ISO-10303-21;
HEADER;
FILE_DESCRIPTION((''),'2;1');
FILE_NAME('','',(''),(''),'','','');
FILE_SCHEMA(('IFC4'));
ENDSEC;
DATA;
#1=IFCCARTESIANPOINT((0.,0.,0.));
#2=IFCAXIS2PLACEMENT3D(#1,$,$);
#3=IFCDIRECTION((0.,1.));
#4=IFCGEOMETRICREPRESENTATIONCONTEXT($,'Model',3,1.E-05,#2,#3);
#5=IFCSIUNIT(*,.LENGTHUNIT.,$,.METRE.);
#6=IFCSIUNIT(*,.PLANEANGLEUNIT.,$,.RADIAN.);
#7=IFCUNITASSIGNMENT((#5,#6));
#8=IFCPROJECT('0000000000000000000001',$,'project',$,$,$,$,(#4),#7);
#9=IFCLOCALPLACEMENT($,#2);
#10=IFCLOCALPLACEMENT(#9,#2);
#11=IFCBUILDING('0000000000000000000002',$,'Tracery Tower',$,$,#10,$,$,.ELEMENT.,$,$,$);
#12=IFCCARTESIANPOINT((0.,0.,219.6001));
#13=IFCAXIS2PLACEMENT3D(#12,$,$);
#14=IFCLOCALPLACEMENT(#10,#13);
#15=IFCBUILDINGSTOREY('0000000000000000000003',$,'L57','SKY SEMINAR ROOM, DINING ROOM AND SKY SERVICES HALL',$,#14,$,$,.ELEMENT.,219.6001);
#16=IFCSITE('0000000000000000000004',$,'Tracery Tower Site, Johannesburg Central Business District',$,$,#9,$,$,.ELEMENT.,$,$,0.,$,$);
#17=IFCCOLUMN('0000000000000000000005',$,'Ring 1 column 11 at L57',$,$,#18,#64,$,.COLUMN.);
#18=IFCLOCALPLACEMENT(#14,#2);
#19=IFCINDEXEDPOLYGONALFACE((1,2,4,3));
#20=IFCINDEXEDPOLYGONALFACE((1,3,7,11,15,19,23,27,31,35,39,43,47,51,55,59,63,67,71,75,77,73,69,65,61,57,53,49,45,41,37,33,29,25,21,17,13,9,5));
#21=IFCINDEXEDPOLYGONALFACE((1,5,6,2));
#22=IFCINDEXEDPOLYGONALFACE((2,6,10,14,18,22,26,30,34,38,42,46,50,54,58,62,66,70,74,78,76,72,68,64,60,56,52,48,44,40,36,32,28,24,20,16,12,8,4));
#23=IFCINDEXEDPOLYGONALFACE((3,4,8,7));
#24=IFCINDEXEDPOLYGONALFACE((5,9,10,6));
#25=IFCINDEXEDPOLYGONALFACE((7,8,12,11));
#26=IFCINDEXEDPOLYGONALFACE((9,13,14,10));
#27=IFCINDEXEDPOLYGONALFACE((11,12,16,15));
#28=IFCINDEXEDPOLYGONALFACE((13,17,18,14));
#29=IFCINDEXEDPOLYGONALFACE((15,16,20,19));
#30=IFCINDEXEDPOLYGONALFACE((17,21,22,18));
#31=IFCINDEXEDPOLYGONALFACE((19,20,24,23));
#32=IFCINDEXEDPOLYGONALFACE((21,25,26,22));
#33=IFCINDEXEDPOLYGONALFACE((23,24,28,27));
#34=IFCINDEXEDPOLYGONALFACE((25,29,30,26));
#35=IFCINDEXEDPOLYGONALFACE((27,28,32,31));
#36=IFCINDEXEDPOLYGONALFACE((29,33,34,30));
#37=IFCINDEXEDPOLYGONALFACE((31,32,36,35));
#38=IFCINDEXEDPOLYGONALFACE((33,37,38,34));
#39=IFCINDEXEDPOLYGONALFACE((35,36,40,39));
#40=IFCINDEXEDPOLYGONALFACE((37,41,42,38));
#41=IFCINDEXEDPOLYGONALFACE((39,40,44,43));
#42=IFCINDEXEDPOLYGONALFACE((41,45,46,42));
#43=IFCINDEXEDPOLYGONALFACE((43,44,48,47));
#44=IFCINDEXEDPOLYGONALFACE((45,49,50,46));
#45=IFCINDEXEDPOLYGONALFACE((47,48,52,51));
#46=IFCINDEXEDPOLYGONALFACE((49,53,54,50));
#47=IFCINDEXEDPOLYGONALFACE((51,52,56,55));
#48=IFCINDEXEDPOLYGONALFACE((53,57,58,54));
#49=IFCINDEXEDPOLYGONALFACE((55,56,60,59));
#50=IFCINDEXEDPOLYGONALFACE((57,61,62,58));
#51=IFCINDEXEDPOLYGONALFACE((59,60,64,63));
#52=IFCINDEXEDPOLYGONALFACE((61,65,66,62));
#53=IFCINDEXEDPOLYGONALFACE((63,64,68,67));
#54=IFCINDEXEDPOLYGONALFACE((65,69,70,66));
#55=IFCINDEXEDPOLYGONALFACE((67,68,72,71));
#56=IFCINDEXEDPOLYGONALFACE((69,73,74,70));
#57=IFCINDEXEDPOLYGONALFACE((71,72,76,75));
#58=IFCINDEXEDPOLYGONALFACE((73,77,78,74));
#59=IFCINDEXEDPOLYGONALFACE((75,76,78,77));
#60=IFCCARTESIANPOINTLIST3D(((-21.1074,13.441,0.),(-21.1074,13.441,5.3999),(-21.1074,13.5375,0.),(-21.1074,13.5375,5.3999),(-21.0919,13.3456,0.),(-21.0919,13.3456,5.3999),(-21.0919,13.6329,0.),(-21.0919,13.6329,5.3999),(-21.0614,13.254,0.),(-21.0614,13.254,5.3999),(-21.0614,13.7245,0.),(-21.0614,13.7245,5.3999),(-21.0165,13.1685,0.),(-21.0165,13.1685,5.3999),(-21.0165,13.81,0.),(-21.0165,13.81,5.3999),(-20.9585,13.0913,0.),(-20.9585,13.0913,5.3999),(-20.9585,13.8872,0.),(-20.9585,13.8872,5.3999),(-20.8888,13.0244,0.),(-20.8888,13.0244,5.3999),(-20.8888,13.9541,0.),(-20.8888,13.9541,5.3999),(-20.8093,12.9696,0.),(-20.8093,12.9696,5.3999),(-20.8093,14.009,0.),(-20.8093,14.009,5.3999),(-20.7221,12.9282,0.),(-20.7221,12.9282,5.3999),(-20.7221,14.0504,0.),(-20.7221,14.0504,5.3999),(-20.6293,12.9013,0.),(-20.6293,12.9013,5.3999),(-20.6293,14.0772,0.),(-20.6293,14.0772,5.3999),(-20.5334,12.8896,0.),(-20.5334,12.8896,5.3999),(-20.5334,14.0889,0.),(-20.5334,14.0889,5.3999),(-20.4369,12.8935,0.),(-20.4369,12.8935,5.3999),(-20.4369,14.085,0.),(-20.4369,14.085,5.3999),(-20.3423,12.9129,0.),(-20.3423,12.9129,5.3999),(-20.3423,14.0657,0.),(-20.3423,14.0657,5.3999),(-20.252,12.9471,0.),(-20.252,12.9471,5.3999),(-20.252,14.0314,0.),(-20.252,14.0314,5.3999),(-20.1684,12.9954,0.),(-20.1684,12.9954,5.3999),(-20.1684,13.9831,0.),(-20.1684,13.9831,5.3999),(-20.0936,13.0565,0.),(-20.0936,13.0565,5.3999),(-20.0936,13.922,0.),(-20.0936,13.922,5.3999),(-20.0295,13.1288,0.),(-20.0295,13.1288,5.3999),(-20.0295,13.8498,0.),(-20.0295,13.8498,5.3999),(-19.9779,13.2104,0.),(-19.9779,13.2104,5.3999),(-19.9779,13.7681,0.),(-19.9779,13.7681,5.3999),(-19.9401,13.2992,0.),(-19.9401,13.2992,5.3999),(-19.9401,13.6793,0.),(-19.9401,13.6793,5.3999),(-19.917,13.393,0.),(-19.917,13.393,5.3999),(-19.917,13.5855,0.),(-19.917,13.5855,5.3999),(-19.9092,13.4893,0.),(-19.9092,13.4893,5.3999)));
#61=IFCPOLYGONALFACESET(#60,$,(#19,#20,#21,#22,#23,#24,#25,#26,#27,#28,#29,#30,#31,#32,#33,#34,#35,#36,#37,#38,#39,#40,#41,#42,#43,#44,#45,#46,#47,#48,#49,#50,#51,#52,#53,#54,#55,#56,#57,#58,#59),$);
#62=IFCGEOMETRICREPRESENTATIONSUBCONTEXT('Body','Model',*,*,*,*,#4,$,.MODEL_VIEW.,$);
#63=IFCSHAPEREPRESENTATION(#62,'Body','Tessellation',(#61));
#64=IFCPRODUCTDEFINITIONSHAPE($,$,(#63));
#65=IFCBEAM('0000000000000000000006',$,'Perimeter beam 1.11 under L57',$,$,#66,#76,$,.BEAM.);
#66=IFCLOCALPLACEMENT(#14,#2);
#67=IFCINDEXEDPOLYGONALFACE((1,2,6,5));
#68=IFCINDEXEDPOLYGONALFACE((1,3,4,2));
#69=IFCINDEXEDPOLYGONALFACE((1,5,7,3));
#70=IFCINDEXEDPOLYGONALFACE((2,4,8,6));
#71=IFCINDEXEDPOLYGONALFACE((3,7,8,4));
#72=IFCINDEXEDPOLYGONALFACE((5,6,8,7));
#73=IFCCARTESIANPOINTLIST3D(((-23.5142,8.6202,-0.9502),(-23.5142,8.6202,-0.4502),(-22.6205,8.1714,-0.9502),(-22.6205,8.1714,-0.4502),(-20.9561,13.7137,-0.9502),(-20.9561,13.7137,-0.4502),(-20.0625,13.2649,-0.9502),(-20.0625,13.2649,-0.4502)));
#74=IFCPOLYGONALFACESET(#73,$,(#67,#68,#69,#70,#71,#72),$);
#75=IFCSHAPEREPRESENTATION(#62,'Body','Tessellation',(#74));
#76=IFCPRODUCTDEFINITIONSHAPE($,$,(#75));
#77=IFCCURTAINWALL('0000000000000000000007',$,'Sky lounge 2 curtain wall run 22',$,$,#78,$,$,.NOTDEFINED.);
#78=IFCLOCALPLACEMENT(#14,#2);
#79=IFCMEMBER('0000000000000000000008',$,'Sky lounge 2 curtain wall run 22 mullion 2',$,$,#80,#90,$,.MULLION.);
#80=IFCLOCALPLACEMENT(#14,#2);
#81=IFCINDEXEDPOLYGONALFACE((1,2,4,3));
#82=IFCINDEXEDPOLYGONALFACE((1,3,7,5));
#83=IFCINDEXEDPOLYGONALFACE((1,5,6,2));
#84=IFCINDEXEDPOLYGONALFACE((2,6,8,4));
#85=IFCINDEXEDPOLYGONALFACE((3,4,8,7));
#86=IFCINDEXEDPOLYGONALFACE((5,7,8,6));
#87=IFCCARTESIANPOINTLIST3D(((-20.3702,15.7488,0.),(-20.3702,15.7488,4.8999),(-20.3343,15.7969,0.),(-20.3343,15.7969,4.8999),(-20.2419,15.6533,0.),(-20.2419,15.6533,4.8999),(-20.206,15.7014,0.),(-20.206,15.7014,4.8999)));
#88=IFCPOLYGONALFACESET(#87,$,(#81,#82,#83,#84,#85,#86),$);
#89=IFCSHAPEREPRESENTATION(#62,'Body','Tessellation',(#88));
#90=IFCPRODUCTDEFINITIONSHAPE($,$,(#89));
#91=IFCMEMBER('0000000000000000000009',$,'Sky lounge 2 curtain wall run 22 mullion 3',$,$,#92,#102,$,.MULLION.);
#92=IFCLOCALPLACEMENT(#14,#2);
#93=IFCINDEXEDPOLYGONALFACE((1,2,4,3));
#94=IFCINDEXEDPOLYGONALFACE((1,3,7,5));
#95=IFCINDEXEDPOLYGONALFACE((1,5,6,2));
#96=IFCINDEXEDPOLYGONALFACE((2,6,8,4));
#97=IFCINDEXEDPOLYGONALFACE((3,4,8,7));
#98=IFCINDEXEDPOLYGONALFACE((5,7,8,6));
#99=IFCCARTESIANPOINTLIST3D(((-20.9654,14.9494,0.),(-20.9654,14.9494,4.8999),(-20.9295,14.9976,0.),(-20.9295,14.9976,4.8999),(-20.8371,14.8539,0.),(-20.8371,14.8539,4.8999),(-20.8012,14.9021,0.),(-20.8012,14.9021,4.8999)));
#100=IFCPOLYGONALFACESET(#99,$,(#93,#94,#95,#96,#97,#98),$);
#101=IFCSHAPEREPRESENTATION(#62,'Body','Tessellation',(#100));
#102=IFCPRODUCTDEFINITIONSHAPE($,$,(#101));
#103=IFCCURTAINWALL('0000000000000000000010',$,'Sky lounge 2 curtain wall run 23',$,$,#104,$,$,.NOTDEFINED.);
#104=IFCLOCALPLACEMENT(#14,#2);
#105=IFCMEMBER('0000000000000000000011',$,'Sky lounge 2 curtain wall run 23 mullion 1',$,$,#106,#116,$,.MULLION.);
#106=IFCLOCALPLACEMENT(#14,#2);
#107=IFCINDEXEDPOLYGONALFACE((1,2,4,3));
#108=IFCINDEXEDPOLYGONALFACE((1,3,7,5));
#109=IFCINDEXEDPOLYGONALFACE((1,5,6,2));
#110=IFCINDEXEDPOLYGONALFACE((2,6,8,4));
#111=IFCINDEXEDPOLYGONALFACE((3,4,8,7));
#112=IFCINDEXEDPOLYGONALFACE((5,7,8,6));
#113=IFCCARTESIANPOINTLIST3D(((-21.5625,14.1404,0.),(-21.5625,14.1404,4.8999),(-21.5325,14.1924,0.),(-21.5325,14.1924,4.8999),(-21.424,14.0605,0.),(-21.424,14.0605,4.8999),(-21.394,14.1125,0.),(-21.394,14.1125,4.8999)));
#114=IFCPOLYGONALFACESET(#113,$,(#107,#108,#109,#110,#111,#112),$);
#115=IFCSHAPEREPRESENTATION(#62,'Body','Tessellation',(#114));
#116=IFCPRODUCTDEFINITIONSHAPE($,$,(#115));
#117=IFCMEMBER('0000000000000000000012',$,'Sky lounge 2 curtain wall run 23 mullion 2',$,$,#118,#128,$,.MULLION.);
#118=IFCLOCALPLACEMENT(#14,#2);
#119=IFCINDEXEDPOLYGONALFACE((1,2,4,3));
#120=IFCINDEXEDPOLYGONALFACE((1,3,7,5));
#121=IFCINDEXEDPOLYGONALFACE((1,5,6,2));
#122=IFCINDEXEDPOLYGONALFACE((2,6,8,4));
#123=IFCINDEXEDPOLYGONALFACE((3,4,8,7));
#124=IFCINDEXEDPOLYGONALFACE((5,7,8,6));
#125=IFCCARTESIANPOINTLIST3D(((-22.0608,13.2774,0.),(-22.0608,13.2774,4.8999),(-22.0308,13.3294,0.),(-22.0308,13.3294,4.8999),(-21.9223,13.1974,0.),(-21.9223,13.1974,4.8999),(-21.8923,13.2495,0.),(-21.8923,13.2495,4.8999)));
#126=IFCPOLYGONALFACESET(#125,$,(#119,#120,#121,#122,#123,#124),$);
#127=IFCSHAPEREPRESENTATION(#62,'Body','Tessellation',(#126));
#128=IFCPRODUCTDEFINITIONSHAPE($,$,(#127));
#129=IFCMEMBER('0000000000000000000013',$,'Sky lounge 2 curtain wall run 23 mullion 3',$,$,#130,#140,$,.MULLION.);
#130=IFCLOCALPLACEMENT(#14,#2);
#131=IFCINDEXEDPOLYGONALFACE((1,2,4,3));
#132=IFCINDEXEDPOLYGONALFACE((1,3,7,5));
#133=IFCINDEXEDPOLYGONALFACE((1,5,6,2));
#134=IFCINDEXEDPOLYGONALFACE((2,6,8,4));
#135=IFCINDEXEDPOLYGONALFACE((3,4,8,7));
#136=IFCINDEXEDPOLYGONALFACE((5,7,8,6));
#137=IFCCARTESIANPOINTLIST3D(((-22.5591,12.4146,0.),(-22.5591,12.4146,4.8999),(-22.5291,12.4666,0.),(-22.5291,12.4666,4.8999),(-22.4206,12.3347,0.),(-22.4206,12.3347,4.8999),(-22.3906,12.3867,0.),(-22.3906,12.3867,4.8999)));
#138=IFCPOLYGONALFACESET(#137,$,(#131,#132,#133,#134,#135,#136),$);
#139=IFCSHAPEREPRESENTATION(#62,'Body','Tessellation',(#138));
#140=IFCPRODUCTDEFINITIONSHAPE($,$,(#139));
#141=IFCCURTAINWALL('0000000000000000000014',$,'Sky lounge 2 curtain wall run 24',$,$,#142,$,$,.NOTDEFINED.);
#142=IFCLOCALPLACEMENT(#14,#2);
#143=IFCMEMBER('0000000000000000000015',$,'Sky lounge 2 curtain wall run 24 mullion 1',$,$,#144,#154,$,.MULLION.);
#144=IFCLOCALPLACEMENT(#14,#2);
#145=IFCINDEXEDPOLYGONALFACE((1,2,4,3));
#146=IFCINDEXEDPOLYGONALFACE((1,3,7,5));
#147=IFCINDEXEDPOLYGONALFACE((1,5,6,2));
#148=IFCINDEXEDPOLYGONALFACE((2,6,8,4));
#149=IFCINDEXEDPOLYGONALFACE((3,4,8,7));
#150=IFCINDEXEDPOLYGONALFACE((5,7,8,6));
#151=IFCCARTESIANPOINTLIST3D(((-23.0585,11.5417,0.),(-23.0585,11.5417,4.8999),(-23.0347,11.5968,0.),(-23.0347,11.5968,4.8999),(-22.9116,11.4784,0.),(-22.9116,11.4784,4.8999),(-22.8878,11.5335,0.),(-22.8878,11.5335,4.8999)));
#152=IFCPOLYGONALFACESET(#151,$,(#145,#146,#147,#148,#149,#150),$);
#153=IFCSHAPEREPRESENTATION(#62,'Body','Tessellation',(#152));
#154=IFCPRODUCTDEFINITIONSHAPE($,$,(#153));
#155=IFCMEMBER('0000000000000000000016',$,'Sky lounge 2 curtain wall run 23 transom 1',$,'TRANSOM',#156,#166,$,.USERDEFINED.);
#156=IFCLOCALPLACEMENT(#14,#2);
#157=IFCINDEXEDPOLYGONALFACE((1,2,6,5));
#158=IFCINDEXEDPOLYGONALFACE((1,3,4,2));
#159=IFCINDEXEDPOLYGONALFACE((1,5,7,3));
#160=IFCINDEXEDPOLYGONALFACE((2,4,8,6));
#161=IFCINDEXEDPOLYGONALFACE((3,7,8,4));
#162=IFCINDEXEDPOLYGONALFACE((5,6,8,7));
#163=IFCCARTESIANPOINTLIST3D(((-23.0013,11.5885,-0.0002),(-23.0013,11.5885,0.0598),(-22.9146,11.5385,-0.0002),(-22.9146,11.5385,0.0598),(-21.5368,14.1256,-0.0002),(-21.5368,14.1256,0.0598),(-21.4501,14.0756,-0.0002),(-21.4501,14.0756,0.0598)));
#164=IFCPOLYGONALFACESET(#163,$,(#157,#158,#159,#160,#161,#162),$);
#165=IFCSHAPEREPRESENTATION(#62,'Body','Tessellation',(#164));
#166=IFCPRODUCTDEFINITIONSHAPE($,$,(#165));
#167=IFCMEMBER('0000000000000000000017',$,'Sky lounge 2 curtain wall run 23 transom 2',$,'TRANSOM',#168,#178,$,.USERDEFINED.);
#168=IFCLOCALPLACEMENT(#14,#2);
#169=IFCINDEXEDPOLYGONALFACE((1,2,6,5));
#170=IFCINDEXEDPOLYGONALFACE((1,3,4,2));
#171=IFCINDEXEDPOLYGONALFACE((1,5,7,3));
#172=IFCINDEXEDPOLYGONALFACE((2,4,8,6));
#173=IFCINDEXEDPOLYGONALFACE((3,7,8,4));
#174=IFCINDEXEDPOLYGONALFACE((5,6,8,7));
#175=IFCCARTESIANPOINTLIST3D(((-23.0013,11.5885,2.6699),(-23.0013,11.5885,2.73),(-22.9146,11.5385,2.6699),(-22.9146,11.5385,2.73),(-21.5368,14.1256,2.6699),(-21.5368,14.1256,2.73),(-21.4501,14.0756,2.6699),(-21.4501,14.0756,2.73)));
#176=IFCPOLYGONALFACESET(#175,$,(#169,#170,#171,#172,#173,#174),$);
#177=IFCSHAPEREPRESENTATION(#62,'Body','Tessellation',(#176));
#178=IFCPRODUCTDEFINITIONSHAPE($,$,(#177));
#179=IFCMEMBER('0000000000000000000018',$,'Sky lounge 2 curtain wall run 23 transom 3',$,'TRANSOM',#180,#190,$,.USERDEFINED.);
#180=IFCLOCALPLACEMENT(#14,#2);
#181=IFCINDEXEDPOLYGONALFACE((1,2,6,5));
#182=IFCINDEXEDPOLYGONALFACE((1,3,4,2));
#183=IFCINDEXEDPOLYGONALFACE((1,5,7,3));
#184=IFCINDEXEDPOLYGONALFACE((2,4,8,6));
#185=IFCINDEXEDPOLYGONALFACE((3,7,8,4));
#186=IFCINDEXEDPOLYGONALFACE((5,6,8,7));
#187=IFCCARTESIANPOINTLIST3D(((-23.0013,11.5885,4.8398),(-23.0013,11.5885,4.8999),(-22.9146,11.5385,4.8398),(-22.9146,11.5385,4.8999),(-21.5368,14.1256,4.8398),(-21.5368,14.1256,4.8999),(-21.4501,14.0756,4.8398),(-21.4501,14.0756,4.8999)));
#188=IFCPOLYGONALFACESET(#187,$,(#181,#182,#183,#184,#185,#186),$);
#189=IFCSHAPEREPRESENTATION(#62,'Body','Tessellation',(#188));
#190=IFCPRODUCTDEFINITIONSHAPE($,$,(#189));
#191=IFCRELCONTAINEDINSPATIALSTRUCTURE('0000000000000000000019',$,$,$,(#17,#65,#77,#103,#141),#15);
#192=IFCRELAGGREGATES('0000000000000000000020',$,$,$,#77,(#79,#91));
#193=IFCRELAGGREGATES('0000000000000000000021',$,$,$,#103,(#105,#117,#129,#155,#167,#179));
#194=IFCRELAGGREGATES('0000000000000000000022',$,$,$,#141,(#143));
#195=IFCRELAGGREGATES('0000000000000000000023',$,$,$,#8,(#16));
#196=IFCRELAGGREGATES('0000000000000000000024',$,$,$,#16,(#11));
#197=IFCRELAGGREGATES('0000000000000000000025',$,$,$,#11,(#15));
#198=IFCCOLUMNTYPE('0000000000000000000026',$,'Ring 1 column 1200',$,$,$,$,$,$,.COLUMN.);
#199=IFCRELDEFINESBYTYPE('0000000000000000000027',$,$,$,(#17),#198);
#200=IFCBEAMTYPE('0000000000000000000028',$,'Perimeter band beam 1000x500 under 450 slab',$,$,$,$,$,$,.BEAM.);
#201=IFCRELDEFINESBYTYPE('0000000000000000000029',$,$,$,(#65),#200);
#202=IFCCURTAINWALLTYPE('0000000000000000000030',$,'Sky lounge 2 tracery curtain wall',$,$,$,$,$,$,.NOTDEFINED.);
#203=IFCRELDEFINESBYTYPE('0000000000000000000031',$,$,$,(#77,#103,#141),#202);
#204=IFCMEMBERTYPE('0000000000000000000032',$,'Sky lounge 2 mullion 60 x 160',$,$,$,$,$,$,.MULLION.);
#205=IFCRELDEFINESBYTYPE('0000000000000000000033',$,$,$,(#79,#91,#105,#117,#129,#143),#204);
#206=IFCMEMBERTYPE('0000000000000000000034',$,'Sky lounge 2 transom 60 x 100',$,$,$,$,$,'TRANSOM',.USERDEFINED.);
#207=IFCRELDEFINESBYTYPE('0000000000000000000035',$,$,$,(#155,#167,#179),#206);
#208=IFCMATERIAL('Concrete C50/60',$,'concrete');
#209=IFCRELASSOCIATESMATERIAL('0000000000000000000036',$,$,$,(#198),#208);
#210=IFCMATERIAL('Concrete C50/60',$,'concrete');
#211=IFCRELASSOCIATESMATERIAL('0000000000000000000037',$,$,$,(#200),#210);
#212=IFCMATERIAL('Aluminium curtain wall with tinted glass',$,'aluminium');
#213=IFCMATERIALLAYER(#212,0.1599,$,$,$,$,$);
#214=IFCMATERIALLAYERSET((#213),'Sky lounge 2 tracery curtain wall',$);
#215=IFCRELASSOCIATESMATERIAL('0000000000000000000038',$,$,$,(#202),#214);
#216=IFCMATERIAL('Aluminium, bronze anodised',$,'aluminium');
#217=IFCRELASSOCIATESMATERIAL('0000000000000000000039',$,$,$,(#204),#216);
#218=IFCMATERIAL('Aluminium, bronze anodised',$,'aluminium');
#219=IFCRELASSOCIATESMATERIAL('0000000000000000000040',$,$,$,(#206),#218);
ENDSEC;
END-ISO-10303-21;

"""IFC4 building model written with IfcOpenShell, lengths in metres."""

from ifc_helpers import new_model, si_unit, direction, frame, origin, origin_2d, place, context, subcontext, project, spatial, rectangle, circle, extrude, material, layer, layer_set, material_profile, profile_set, type_object, element, aggregate, save


model = new_model("IFC4")

# Units and contexts
model_context = context("Model", 3, precision=1e-05, world=origin(), true_north=direction((0.0, 1.0)))
body_context = subcontext(model_context, "Body", "Model", "MODEL_VIEW")
ifc_project = project(units=[si_unit("LENGTHUNIT", "METRE"), si_unit("PLANEANGLEUNIT", "RADIAN")], contexts=[model_context])

# Site, building, storey
site_placement = place(None, origin())
site = spatial("IfcSite", under=ifc_project, at=site_placement, Name="Tracery Tower Site, Johannesburg Central Business District", CompositionType="ELEMENT", RefElevation=0.0)
building_placement = place(site_placement, origin())
building = spatial("IfcBuilding", under=site, at=building_placement, Name="Tracery Tower", CompositionType="ELEMENT")
storey_placement = place(building_placement, frame((0.0, 0.0, 219.6001)))
storey = spatial("IfcBuildingStorey", under=building, at=storey_placement, Name="L57", Description="SKY SEMINAR ROOM, DINING ROOM AND SKY SERVICES HALL", CompositionType="ELEMENT", Elevation=219.6001)

# Column
ifc_material_1 = material(Name="Concrete C50/60", Category="concrete")
ifc_material_profile_1 = material_profile(ifc_material_1, circle(Radius=0.6001, at=origin_2d()), Name="RC D1200")
ifc_profile_set_1 = profile_set([ifc_material_profile_1], Name="Concrete C50/60")
column_type = type_object("IfcColumnType", Name="Ring 1 column 1200", PredefinedType="COLUMN", material=ifc_profile_set_1)
column_placement = place(storey_placement, frame((-20.5093, 13.4893, 0.0), z_axis=(0.0, 0.0, 1.0), x_axis=(1.0, 0.0, 0.0)))
element("IfcColumn", 1, at=column_placement, inside=storey, type_object=column_type, Name="Ring 1 column 11 at L57", PredefinedType="COLUMN", context=body_context, shape_type="SweptSolid", body=[
    extrude(circle(Radius=0.6001, at=origin_2d()), origin(), (0.0, 0.0, 1.0), 5.3999),
])

# Beam
ifc_material_2 = material(Name="Concrete C50/60", Category="concrete")
ifc_material_profile_2 = material_profile(ifc_material_2, rectangle(XDim=1.0, YDim=0.5, at=origin_2d()), Name="RC 1000x500")
ifc_profile_set_2 = profile_set([ifc_material_profile_2], Name="Concrete C50/60")
beam_type = type_object("IfcBeamType", Name="Perimeter band beam 1000x500 under 450 slab", PredefinedType="BEAM", material=ifc_profile_set_2)
beam_placement = place(storey_placement, frame((-20.5093, 13.4893, -0.7002), z_axis=(-0.448806, -0.893629, 0.0), x_axis=(0.893629, -0.448806, 0.0)))
element("IfcBeam", 2, at=beam_placement, inside=storey, type_object=beam_type, Name="Perimeter beam 1.11 under L57", PredefinedType="BEAM", context=body_context, shape_type="SweptSolid", body=[
    extrude(rectangle(XDim=1.0, YDim=0.5, at=origin_2d()), origin(), (0.0, 0.0, 1.0), 5.6997),
])

# Curtain walls, members
ifc_material_3 = material(Name="Aluminium curtain wall with tinted glass", Category="aluminium")
ifc_layer_1 = layer(ifc_material_3, 0.1599)
ifc_layer_set_1 = layer_set([ifc_layer_1], Name="Sky lounge 2 tracery curtain wall")
curtain_wall_type = type_object("IfcCurtainWallType", Name="Sky lounge 2 tracery curtain wall", PredefinedType="NOTDEFINED", material=ifc_layer_set_1)
curtain_wall_1_placement = place(storey_placement, origin())
curtain_wall_1 = element("IfcCurtainWall", 3, at=curtain_wall_1_placement, inside=storey, type_object=curtain_wall_type, Name="Sky lounge 2 curtain wall run 22", PredefinedType="NOTDEFINED")
ifc_material_4 = material(Name="Aluminium, bronze anodised", Category="aluminium")
ifc_material_profile_3 = material_profile(ifc_material_4, rectangle(XDim=0.1599, YDim=0.0601, at=origin_2d()), Name="AL 60x160")
ifc_profile_set_3 = profile_set([ifc_material_profile_3], Name="Aluminium, bronze anodised")
member_type_1 = type_object("IfcMemberType", Name="Sky lounge 2 mullion 60 x 160", PredefinedType="MULLION", material=ifc_profile_set_3)
member_1_placement = place(storey_placement, frame((-20.2881, 15.7251, 0.0), z_axis=(0.0, 0.0, 1.0), x_axis=(0.802123, -0.597159, 0.0)))
member_1 = element("IfcMember", 4, at=member_1_placement, type_object=member_type_1, Name="Sky lounge 2 curtain wall run 22 mullion 2", PredefinedType="MULLION", context=body_context, shape_type="SweptSolid", body=[
    extrude(rectangle(XDim=0.1599, YDim=0.0601, at=origin_2d()), origin(), (0.0, 0.0, 1.0), 4.8999),
])
member_2_placement = place(storey_placement, frame((-20.8833, 14.9258, 0.0), z_axis=(0.0, 0.0, 1.0), x_axis=(0.802123, -0.597159, 0.0)))
member_2 = element("IfcMember", 5, at=member_2_placement, type_object=member_type_1, Name="Sky lounge 2 curtain wall run 22 mullion 3", PredefinedType="MULLION", context=body_context, shape_type="SweptSolid", body=[
    extrude(rectangle(XDim=0.1599, YDim=0.0601, at=origin_2d()), origin(), (0.0, 0.0, 1.0), 4.8999),
])
curtain_wall_2_placement = place(storey_placement, origin())
curtain_wall_2 = element("IfcCurtainWall", 6, at=curtain_wall_2_placement, inside=storey, type_object=curtain_wall_type, Name="Sky lounge 2 curtain wall run 23", PredefinedType="NOTDEFINED")
member_3_placement = place(storey_placement, frame((-21.4783, 14.1265, 0.0), z_axis=(0.0, 0.0, 1.0), x_axis=(0.866025, -0.5, 0.0)))
member_3 = element("IfcMember", 7, at=member_3_placement, type_object=member_type_1, Name="Sky lounge 2 curtain wall run 23 mullion 1", PredefinedType="MULLION", context=body_context, shape_type="SweptSolid", body=[
    extrude(rectangle(XDim=0.1599, YDim=0.0601, at=origin_2d()), origin(), (0.0, 0.0, 1.0), 4.8999),
])
member_4_placement = place(storey_placement, frame((-21.9766, 13.2634, 0.0), z_axis=(0.0, 0.0, 1.0), x_axis=(0.866025, -0.5, 0.0)))
member_4 = element("IfcMember", 8, at=member_4_placement, type_object=member_type_1, Name="Sky lounge 2 curtain wall run 23 mullion 2", PredefinedType="MULLION", context=body_context, shape_type="SweptSolid", body=[
    extrude(rectangle(XDim=0.1599, YDim=0.0601, at=origin_2d()), origin(), (0.0, 0.0, 1.0), 4.8999),
])
member_5_placement = place(storey_placement, frame((-22.4749, 12.4006, 0.0), z_axis=(0.0, 0.0, 1.0), x_axis=(0.866025, -0.5, 0.0)))
member_5 = element("IfcMember", 9, at=member_5_placement, type_object=member_type_1, Name="Sky lounge 2 curtain wall run 23 mullion 3", PredefinedType="MULLION", context=body_context, shape_type="SweptSolid", body=[
    extrude(rectangle(XDim=0.1599, YDim=0.0601, at=origin_2d()), origin(), (0.0, 0.0, 1.0), 4.8999),
])

# Curtain wall, member
curtain_wall_3_placement = place(storey_placement, origin())
curtain_wall_3 = element("IfcCurtainWall", 10, at=curtain_wall_3_placement, inside=storey, type_object=curtain_wall_type, Name="Sky lounge 2 curtain wall run 24", PredefinedType="NOTDEFINED")
member_6_placement = place(storey_placement, frame((-22.9731, 11.5376, 0.0), z_axis=(0.0, 0.0, 1.0), x_axis=(0.918216, -0.39608, 0.0)))
member_6 = element("IfcMember", 11, at=member_6_placement, type_object=member_type_1, Name="Sky lounge 2 curtain wall run 24 mullion 1", PredefinedType="MULLION", context=body_context, shape_type="SweptSolid", body=[
    extrude(rectangle(XDim=0.1599, YDim=0.0601, at=origin_2d()), origin(), (0.0, 0.0, 1.0), 4.8999),
])

# Members
ifc_material_5 = material(Name="Aluminium, bronze anodised", Category="aluminium")
ifc_material_profile_4 = material_profile(ifc_material_5, rectangle(XDim=0.1001, YDim=0.0601, at=origin_2d()), Name="AL 60x100")
ifc_profile_set_4 = profile_set([ifc_material_profile_4], Name="Aluminium, bronze anodised")
member_type_2 = type_object("IfcMemberType", Name="Sky lounge 2 transom 60 x 100", ElementType="TRANSOM", PredefinedType="USERDEFINED", material=ifc_profile_set_4)
member_7_placement = place(storey_placement, frame((-21.4934, 14.1006, 0.0298), z_axis=(-0.499948, -0.866055, 0.0), x_axis=(0.866055, -0.499948, 0.0)))
member_7 = element("IfcMember", 12, at=member_7_placement, type_object=member_type_2, Name="Sky lounge 2 curtain wall run 23 transom 1", ObjectType="TRANSOM", PredefinedType="USERDEFINED", context=body_context, shape_type="SweptSolid", body=[
    extrude(rectangle(XDim=0.1001, YDim=0.0601, at=origin_2d()), origin(), (0.0, 0.0, 1.0), 2.9294),
])
member_8_placement = place(storey_placement, frame((-21.4934, 14.1006, 2.7), z_axis=(-0.499948, -0.866055, 0.0), x_axis=(0.866055, -0.499948, 0.0)))
member_8 = element("IfcMember", 13, at=member_8_placement, type_object=member_type_2, Name="Sky lounge 2 curtain wall run 23 transom 2", ObjectType="TRANSOM", PredefinedType="USERDEFINED", context=body_context, shape_type="SweptSolid", body=[
    extrude(rectangle(XDim=0.1001, YDim=0.0601, at=origin_2d()), origin(), (0.0, 0.0, 1.0), 2.9294),
])
member_9_placement = place(storey_placement, frame((-21.4934, 14.1006, 4.8699), z_axis=(-0.499948, -0.866055, 0.0), x_axis=(0.866055, -0.499948, 0.0)))
member_9 = element("IfcMember", 14, at=member_9_placement, type_object=member_type_2, Name="Sky lounge 2 curtain wall run 23 transom 3", ObjectType="TRANSOM", PredefinedType="USERDEFINED", context=body_context, shape_type="SweptSolid", body=[
    extrude(rectangle(XDim=0.1001, YDim=0.0601, at=origin_2d()), origin(), (0.0, 0.0, 1.0), 2.9294),
])

aggregate(curtain_wall_1, [member_1, member_2])
aggregate(curtain_wall_2, [member_3, member_4, member_5, member_7, member_8, member_9])
aggregate(curtain_wall_3, [member_6])

save(model, "model.ifc")
